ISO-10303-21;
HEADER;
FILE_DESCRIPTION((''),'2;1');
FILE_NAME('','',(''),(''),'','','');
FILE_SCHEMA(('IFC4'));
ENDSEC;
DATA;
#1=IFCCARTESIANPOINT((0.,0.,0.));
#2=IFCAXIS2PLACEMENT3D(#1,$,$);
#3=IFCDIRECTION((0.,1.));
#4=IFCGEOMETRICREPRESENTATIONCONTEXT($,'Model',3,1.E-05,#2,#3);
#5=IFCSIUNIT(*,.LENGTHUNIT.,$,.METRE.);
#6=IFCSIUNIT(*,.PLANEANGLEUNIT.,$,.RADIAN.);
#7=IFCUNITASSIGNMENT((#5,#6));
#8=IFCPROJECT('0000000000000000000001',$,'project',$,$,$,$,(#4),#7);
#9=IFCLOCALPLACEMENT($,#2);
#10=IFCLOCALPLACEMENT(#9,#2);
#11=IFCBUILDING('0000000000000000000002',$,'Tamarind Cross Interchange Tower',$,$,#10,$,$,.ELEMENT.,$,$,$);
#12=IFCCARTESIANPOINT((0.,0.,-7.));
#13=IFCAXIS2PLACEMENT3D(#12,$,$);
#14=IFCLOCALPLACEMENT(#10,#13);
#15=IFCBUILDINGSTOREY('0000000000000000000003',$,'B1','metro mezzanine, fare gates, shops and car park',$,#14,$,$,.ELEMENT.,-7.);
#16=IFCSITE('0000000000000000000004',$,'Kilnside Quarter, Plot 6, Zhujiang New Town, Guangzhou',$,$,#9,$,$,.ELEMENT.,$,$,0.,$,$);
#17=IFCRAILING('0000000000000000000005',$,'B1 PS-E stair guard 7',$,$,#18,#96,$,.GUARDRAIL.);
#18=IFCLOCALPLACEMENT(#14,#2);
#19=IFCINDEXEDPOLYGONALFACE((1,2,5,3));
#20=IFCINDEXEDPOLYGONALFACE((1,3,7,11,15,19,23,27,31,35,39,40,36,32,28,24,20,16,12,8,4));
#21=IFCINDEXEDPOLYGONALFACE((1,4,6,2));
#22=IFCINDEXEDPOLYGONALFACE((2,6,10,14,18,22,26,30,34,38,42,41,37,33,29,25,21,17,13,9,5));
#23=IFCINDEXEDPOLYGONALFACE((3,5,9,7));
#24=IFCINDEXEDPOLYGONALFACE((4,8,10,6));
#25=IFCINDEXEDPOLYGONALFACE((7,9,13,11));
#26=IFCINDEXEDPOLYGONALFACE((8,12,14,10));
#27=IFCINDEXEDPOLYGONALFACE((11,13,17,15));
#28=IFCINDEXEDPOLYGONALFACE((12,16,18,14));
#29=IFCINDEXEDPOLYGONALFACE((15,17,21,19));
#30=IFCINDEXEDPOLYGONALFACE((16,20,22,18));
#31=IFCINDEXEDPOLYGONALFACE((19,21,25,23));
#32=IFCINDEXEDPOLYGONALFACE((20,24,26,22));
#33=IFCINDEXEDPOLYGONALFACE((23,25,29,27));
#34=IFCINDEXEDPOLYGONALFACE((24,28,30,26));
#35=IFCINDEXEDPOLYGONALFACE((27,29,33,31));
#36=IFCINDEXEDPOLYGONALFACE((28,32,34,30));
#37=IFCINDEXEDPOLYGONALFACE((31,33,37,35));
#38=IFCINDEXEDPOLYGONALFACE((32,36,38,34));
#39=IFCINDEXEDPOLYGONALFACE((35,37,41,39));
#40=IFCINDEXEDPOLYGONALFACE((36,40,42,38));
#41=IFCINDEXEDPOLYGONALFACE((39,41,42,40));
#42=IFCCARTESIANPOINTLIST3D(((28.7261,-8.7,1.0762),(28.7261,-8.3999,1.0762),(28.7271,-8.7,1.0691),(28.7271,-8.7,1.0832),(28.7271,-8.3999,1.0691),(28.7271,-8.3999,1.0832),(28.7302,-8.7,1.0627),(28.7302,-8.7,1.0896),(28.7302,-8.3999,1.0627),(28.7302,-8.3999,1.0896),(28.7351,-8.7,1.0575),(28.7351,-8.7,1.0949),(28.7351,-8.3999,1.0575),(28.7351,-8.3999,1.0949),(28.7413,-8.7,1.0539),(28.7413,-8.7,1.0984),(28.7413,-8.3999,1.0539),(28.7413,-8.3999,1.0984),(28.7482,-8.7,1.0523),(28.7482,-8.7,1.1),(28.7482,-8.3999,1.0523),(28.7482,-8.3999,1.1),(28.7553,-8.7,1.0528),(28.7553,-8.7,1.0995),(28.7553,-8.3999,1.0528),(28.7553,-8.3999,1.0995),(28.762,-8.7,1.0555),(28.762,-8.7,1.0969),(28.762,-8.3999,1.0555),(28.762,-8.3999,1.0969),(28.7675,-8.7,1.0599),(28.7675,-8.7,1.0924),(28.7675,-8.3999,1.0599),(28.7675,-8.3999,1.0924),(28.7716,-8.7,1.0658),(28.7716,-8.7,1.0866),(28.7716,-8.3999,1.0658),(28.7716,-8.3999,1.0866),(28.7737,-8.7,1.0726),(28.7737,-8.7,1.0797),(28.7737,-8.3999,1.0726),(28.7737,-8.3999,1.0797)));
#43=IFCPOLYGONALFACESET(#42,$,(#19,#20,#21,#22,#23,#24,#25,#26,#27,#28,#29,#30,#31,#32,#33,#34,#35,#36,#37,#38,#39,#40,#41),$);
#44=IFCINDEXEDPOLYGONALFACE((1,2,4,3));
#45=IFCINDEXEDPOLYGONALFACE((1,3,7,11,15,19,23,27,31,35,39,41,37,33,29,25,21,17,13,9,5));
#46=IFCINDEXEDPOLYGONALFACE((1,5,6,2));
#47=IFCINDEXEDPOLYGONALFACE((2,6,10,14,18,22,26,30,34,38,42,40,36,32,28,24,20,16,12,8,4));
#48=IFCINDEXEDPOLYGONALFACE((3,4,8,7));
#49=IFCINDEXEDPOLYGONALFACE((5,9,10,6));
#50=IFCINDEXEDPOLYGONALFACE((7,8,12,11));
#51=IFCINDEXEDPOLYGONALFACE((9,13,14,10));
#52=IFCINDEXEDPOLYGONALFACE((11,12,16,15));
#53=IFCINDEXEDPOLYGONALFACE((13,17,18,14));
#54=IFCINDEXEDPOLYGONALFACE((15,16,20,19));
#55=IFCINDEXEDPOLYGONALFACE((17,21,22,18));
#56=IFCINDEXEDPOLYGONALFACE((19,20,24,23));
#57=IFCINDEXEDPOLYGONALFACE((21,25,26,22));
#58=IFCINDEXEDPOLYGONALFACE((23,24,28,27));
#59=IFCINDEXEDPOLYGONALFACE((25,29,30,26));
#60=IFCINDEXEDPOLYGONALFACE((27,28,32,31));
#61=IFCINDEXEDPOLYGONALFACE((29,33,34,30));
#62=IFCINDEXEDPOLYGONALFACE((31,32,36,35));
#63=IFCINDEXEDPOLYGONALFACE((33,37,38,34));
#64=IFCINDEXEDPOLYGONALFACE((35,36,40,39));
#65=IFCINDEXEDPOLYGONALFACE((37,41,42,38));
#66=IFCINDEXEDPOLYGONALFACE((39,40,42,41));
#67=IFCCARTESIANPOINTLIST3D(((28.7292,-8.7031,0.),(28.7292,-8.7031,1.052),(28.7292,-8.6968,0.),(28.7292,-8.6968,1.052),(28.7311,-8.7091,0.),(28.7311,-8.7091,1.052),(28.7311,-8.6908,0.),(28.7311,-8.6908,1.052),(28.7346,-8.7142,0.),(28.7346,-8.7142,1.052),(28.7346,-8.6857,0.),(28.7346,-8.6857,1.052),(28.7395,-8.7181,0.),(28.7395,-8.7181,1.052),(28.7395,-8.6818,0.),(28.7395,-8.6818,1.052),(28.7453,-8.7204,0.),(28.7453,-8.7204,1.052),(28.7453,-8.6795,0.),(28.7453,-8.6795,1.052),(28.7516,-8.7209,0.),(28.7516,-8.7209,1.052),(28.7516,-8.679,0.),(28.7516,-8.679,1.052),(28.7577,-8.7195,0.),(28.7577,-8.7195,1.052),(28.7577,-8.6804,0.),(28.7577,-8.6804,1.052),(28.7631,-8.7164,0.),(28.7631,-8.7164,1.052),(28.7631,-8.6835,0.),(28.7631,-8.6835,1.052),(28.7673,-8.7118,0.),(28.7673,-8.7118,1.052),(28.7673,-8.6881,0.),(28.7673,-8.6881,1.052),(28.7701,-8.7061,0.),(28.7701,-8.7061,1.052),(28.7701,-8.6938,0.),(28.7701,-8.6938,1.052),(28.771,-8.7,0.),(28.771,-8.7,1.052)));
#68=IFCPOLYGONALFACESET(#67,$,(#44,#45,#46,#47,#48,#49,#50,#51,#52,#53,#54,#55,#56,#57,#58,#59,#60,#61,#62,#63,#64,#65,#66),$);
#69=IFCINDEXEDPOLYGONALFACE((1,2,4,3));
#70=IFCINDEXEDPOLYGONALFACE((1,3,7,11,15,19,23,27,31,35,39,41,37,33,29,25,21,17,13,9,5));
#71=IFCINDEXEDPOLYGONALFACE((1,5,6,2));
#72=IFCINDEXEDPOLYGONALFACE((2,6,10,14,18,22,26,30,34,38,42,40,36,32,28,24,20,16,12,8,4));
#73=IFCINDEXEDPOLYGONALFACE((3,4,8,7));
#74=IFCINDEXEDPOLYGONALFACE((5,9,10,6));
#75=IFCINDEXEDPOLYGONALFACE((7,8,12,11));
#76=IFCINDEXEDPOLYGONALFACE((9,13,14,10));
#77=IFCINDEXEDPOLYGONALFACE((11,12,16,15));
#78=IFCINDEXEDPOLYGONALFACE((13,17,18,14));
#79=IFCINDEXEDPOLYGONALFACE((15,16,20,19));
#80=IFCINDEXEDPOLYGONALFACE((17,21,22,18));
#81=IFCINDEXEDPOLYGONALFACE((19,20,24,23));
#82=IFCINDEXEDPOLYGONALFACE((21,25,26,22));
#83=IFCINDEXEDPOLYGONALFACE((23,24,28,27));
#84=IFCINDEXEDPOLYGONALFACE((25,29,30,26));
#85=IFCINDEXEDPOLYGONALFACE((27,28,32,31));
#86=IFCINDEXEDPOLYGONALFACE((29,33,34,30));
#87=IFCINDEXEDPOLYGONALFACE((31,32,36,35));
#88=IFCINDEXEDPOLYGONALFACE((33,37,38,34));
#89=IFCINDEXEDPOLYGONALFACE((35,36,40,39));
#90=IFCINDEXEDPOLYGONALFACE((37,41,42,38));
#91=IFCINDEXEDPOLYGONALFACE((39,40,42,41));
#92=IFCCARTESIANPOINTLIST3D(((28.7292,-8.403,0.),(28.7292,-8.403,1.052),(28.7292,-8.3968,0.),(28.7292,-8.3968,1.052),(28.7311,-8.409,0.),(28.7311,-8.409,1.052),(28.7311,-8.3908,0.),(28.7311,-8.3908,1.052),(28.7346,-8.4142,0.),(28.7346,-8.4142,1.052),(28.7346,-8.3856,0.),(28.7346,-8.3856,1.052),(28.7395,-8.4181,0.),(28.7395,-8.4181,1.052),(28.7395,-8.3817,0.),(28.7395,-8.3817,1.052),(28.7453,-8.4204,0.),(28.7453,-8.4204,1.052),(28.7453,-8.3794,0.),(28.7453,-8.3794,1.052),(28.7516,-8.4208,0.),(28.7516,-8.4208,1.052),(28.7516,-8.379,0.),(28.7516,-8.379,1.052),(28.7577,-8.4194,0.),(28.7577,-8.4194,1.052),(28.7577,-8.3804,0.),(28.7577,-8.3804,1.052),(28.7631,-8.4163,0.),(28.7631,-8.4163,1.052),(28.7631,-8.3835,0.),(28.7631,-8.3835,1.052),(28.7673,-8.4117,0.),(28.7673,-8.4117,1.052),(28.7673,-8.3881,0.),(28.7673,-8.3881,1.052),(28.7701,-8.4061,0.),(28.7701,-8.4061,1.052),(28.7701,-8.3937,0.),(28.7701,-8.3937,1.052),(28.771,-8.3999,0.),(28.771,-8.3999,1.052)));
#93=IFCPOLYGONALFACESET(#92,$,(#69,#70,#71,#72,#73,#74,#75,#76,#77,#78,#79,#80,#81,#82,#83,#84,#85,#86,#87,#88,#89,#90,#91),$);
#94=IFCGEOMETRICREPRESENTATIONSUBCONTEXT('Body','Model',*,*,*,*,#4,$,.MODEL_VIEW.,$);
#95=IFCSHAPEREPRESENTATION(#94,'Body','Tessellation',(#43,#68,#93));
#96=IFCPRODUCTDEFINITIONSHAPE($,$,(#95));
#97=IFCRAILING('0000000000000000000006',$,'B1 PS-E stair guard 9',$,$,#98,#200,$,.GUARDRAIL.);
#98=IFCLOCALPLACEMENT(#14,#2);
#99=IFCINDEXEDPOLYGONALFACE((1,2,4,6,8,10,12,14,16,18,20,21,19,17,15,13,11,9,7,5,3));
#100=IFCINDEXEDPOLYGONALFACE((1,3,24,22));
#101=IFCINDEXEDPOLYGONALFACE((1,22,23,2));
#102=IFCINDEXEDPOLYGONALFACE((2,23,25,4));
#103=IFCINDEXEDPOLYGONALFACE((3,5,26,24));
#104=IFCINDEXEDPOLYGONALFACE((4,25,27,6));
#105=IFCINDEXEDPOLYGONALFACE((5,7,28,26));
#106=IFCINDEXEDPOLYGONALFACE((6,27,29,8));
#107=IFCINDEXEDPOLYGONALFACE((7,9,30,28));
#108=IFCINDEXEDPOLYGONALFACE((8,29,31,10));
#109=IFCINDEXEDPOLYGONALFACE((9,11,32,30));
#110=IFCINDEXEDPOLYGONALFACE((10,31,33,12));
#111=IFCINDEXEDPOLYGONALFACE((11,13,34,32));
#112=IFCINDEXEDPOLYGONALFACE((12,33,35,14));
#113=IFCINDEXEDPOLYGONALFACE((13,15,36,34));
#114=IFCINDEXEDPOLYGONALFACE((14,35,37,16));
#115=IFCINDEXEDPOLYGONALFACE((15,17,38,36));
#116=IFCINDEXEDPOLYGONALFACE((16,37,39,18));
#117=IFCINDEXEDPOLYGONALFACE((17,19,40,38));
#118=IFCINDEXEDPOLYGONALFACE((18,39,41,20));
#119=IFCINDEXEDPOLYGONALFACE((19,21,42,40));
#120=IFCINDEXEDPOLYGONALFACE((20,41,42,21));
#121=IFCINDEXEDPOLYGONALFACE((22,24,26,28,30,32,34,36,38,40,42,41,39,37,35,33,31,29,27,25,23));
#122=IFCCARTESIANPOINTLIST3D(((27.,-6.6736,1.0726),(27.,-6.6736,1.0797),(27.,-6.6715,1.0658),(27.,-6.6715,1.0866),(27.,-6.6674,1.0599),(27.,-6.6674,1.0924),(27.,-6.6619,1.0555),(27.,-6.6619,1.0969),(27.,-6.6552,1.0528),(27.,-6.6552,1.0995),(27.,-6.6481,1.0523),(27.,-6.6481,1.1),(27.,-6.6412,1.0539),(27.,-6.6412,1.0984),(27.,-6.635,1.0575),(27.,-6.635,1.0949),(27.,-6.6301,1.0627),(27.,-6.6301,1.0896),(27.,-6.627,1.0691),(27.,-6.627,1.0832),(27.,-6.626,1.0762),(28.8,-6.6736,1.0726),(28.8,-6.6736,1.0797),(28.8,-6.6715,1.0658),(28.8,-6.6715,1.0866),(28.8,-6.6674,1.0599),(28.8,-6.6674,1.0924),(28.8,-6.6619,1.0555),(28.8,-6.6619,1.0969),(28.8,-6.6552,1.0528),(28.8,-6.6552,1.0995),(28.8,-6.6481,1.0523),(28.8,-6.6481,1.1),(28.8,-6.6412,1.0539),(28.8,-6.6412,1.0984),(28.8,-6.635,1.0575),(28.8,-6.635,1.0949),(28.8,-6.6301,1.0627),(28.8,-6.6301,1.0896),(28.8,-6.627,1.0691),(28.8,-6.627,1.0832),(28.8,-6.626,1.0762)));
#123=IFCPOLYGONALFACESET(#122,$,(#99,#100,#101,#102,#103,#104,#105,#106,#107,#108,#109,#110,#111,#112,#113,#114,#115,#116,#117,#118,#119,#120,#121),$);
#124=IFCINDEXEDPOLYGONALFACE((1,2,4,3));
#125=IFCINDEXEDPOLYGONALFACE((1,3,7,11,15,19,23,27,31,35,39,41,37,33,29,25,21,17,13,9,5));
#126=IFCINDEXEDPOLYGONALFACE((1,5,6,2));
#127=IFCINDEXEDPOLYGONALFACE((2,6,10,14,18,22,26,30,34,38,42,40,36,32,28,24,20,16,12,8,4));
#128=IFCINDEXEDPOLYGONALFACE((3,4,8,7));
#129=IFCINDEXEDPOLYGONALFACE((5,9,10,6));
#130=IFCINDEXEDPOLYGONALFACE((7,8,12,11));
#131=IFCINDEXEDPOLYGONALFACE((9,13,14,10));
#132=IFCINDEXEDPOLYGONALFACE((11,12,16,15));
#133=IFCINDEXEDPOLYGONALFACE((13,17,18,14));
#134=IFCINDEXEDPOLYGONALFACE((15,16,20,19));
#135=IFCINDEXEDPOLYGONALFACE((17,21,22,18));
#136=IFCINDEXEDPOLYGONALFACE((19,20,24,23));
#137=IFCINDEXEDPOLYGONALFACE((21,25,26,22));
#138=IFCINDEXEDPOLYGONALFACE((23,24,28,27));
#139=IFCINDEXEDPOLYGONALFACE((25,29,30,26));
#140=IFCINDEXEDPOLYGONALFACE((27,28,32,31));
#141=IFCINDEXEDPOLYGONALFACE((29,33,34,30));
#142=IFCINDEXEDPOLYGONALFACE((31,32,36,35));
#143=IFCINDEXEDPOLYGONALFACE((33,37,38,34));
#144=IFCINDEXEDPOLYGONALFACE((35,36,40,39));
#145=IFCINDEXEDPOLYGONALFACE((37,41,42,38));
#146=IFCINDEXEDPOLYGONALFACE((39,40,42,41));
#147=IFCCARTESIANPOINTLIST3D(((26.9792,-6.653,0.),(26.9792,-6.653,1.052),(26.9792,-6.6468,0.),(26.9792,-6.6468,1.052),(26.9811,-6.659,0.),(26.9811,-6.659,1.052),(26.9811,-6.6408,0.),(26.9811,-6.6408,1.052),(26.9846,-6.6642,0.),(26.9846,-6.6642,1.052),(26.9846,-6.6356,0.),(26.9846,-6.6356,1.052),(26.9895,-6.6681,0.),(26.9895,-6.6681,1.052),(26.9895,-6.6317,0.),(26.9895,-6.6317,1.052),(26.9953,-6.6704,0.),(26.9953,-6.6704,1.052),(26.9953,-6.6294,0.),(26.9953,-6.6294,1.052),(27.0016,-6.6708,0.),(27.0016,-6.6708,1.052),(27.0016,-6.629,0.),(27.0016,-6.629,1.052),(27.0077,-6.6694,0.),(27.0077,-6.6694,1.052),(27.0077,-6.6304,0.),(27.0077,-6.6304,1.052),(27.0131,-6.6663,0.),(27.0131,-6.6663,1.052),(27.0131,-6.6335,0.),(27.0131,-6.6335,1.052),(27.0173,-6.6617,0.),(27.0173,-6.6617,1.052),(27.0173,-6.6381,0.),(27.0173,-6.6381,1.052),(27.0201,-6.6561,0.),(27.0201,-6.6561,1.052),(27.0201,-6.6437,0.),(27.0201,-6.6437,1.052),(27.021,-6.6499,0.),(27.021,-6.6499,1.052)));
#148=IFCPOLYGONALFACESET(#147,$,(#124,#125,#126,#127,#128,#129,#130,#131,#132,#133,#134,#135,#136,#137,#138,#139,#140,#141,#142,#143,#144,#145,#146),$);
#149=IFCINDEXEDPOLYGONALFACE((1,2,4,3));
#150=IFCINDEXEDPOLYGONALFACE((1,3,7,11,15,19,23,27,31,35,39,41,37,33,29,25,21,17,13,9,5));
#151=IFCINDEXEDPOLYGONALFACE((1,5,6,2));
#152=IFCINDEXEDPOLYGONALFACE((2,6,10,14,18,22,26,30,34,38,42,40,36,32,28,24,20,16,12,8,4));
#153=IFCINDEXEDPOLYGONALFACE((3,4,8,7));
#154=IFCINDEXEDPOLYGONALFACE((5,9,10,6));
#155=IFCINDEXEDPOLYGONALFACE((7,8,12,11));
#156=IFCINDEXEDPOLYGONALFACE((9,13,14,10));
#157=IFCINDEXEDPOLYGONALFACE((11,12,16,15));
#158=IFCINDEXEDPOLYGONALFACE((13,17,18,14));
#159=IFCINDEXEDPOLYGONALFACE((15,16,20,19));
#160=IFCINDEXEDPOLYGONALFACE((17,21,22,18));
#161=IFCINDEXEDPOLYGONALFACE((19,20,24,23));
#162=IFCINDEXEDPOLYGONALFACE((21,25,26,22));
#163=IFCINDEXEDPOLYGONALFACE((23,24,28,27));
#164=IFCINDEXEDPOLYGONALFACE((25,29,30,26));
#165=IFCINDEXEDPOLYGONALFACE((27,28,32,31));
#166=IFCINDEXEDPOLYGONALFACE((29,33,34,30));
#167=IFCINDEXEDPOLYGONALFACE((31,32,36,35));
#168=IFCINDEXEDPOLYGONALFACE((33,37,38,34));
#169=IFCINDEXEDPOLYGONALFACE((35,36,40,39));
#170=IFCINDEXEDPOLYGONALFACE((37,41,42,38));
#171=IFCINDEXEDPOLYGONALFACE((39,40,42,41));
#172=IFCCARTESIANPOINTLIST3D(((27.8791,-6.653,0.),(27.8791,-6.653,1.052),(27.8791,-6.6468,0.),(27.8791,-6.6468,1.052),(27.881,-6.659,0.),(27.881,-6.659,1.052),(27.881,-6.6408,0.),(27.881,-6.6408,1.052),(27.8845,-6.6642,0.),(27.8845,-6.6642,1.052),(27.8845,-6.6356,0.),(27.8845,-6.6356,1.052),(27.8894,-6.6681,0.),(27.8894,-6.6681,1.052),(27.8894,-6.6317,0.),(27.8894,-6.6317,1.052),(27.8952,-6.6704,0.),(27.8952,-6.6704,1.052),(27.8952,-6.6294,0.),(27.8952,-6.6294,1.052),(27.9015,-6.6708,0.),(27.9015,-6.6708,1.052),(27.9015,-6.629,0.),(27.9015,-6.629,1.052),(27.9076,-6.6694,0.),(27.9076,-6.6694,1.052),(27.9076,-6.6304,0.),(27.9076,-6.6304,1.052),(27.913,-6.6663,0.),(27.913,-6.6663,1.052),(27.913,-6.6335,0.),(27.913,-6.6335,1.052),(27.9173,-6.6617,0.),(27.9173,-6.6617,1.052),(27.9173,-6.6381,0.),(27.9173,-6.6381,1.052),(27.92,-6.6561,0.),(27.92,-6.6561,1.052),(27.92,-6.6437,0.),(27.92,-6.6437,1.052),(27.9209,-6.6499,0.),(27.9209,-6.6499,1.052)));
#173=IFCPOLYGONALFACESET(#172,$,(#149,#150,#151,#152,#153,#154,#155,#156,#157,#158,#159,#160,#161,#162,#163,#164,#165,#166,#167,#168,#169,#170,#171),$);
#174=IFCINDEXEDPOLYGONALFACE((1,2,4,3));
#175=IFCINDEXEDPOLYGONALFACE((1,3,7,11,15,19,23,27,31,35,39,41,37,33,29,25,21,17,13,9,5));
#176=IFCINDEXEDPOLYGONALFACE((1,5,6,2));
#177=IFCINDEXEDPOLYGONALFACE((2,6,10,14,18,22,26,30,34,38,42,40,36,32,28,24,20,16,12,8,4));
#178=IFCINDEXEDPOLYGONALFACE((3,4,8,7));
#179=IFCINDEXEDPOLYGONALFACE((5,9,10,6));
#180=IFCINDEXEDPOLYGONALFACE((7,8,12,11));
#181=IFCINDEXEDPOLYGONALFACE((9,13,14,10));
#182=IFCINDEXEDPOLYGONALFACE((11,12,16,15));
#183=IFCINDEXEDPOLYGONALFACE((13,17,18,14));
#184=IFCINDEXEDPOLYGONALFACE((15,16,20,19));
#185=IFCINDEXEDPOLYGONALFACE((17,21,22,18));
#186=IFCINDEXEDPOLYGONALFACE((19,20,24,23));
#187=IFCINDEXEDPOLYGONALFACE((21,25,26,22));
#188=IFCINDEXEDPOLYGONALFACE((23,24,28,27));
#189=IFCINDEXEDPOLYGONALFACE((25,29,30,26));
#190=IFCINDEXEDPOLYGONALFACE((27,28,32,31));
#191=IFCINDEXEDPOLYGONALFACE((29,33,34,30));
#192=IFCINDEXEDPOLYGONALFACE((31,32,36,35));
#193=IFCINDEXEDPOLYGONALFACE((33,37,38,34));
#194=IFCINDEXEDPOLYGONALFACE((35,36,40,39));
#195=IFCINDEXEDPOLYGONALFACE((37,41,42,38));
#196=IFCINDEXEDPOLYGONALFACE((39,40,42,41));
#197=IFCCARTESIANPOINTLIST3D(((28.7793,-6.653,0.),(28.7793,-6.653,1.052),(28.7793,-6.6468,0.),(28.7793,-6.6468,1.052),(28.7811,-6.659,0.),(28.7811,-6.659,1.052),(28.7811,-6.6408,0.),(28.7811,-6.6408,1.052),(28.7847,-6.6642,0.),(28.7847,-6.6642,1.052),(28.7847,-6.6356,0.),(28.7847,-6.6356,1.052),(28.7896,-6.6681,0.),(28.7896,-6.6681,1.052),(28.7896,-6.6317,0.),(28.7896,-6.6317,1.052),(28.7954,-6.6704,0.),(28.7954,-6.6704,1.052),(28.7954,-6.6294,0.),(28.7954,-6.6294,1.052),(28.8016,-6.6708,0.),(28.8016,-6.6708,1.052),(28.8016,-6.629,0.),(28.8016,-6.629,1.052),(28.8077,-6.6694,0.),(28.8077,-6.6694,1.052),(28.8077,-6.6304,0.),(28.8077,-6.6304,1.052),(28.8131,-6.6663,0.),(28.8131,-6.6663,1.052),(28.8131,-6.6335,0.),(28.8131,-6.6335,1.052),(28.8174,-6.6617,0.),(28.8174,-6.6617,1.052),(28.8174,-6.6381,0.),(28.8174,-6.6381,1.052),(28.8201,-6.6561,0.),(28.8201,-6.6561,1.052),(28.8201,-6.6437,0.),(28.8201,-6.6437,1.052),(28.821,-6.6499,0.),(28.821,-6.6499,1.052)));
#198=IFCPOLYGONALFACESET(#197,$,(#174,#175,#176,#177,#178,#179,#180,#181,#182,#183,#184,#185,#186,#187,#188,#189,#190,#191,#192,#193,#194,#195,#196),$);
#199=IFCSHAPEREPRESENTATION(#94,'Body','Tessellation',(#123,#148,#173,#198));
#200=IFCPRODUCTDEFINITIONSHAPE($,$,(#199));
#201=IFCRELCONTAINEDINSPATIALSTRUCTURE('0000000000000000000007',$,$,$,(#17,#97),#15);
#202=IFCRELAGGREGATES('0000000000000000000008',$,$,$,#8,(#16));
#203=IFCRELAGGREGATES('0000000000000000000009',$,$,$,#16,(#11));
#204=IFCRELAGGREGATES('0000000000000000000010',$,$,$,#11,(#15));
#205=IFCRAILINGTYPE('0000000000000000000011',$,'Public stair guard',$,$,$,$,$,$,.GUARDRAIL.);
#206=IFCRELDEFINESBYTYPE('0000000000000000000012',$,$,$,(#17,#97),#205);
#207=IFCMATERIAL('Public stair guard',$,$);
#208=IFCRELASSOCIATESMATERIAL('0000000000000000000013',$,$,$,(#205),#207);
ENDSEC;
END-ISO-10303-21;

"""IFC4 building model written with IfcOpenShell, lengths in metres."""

from ifc_helpers import new_model, si_unit, direction, frame, origin, origin_2d, place, context, subcontext, project, spatial, circle, extrude, material, type_object, element, save


model = new_model("IFC4")

# Units and contexts
model_context = context("Model", 3, precision=1e-05, world=origin(), true_north=direction((0.0, 1.0)))
body_context = subcontext(model_context, "Body", "Model", "MODEL_VIEW")
ifc_project = project(units=[si_unit("LENGTHUNIT", "METRE"), si_unit("PLANEANGLEUNIT", "RADIAN")], contexts=[model_context])

# Site, building, storey
site_placement = place(None, origin())
site = spatial("IfcSite", under=ifc_project, at=site_placement, Name="Kilnside Quarter, Plot 6, Zhujiang New Town, Guangzhou", CompositionType="ELEMENT", RefElevation=0.0)
building_placement = place(site_placement, origin())
building = spatial("IfcBuilding", under=site, at=building_placement, Name="Tamarind Cross Interchange Tower", CompositionType="ELEMENT")
storey_placement = place(building_placement, frame((0.0, 0.0, -7.0)))
storey = spatial("IfcBuildingStorey", under=building, at=storey_placement, Name="B1", Description="metro mezzanine, fare gates, shops and car park", CompositionType="ELEMENT", Elevation=-7.0)

# Railings
ifc_material_1 = material(Name="Public stair guard")
railing_type_1 = type_object("IfcRailingType", Name="Public stair guard", PredefinedType="GUARDRAIL", material=ifc_material_1)
railing_1_placement = place(storey_placement, frame((28.75, -8.7, 0.0)))
element("IfcRailing", 1, at=railing_1_placement, inside=storey, type_object=railing_type_1, Name="B1 PS-E stair guard 7", PredefinedType="GUARDRAIL", context=body_context, shape_type="SweptSolid", body=[
    extrude(circle(Radius=0.0239, at=origin_2d()), frame((0.0, 0.0, 1.0762), z_axis=(0.0, 1.0, 0.0), x_axis=(-1.0, 0.0, 0.0)), (0.0, 0.0, 1.0), 0.3),
    extrude(circle(Radius=0.021, at=origin_2d()), origin(), (0.0, 0.0, 1.0), 1.052),
    extrude(circle(Radius=0.021, at=origin_2d()), frame((0.0, 0.3, 0.0)), (0.0, 0.0, 1.0), 1.052),
])
railing_2_placement = place(storey_placement, frame((27.0, -6.6499, 0.0)))
element("IfcRailing", 2, at=railing_2_placement, inside=storey, type_object=railing_type_1, Name="B1 PS-E stair guard 9", PredefinedType="GUARDRAIL", context=body_context, shape_type="SweptSolid", body=[
    extrude(circle(Radius=0.0239, at=origin_2d()), frame((0.0, 0.0, 1.0762), z_axis=(1.0, 0.0, 0.0), x_axis=(0.0, 1.0, 0.0)), (0.0, 0.0, 1.0), 1.8),
    extrude(circle(Radius=0.021, at=origin_2d()), origin(), (0.0, 0.0, 1.0), 1.052),
    extrude(circle(Radius=0.021, at=origin_2d()), frame((0.8999, 0.0, 0.0)), (0.0, 0.0, 1.0), 1.052),
    extrude(circle(Radius=0.021, at=origin_2d()), frame((1.8, 0.0, 0.0)), (0.0, 0.0, 1.0), 1.052),
])

save(model, "model.ifc")
